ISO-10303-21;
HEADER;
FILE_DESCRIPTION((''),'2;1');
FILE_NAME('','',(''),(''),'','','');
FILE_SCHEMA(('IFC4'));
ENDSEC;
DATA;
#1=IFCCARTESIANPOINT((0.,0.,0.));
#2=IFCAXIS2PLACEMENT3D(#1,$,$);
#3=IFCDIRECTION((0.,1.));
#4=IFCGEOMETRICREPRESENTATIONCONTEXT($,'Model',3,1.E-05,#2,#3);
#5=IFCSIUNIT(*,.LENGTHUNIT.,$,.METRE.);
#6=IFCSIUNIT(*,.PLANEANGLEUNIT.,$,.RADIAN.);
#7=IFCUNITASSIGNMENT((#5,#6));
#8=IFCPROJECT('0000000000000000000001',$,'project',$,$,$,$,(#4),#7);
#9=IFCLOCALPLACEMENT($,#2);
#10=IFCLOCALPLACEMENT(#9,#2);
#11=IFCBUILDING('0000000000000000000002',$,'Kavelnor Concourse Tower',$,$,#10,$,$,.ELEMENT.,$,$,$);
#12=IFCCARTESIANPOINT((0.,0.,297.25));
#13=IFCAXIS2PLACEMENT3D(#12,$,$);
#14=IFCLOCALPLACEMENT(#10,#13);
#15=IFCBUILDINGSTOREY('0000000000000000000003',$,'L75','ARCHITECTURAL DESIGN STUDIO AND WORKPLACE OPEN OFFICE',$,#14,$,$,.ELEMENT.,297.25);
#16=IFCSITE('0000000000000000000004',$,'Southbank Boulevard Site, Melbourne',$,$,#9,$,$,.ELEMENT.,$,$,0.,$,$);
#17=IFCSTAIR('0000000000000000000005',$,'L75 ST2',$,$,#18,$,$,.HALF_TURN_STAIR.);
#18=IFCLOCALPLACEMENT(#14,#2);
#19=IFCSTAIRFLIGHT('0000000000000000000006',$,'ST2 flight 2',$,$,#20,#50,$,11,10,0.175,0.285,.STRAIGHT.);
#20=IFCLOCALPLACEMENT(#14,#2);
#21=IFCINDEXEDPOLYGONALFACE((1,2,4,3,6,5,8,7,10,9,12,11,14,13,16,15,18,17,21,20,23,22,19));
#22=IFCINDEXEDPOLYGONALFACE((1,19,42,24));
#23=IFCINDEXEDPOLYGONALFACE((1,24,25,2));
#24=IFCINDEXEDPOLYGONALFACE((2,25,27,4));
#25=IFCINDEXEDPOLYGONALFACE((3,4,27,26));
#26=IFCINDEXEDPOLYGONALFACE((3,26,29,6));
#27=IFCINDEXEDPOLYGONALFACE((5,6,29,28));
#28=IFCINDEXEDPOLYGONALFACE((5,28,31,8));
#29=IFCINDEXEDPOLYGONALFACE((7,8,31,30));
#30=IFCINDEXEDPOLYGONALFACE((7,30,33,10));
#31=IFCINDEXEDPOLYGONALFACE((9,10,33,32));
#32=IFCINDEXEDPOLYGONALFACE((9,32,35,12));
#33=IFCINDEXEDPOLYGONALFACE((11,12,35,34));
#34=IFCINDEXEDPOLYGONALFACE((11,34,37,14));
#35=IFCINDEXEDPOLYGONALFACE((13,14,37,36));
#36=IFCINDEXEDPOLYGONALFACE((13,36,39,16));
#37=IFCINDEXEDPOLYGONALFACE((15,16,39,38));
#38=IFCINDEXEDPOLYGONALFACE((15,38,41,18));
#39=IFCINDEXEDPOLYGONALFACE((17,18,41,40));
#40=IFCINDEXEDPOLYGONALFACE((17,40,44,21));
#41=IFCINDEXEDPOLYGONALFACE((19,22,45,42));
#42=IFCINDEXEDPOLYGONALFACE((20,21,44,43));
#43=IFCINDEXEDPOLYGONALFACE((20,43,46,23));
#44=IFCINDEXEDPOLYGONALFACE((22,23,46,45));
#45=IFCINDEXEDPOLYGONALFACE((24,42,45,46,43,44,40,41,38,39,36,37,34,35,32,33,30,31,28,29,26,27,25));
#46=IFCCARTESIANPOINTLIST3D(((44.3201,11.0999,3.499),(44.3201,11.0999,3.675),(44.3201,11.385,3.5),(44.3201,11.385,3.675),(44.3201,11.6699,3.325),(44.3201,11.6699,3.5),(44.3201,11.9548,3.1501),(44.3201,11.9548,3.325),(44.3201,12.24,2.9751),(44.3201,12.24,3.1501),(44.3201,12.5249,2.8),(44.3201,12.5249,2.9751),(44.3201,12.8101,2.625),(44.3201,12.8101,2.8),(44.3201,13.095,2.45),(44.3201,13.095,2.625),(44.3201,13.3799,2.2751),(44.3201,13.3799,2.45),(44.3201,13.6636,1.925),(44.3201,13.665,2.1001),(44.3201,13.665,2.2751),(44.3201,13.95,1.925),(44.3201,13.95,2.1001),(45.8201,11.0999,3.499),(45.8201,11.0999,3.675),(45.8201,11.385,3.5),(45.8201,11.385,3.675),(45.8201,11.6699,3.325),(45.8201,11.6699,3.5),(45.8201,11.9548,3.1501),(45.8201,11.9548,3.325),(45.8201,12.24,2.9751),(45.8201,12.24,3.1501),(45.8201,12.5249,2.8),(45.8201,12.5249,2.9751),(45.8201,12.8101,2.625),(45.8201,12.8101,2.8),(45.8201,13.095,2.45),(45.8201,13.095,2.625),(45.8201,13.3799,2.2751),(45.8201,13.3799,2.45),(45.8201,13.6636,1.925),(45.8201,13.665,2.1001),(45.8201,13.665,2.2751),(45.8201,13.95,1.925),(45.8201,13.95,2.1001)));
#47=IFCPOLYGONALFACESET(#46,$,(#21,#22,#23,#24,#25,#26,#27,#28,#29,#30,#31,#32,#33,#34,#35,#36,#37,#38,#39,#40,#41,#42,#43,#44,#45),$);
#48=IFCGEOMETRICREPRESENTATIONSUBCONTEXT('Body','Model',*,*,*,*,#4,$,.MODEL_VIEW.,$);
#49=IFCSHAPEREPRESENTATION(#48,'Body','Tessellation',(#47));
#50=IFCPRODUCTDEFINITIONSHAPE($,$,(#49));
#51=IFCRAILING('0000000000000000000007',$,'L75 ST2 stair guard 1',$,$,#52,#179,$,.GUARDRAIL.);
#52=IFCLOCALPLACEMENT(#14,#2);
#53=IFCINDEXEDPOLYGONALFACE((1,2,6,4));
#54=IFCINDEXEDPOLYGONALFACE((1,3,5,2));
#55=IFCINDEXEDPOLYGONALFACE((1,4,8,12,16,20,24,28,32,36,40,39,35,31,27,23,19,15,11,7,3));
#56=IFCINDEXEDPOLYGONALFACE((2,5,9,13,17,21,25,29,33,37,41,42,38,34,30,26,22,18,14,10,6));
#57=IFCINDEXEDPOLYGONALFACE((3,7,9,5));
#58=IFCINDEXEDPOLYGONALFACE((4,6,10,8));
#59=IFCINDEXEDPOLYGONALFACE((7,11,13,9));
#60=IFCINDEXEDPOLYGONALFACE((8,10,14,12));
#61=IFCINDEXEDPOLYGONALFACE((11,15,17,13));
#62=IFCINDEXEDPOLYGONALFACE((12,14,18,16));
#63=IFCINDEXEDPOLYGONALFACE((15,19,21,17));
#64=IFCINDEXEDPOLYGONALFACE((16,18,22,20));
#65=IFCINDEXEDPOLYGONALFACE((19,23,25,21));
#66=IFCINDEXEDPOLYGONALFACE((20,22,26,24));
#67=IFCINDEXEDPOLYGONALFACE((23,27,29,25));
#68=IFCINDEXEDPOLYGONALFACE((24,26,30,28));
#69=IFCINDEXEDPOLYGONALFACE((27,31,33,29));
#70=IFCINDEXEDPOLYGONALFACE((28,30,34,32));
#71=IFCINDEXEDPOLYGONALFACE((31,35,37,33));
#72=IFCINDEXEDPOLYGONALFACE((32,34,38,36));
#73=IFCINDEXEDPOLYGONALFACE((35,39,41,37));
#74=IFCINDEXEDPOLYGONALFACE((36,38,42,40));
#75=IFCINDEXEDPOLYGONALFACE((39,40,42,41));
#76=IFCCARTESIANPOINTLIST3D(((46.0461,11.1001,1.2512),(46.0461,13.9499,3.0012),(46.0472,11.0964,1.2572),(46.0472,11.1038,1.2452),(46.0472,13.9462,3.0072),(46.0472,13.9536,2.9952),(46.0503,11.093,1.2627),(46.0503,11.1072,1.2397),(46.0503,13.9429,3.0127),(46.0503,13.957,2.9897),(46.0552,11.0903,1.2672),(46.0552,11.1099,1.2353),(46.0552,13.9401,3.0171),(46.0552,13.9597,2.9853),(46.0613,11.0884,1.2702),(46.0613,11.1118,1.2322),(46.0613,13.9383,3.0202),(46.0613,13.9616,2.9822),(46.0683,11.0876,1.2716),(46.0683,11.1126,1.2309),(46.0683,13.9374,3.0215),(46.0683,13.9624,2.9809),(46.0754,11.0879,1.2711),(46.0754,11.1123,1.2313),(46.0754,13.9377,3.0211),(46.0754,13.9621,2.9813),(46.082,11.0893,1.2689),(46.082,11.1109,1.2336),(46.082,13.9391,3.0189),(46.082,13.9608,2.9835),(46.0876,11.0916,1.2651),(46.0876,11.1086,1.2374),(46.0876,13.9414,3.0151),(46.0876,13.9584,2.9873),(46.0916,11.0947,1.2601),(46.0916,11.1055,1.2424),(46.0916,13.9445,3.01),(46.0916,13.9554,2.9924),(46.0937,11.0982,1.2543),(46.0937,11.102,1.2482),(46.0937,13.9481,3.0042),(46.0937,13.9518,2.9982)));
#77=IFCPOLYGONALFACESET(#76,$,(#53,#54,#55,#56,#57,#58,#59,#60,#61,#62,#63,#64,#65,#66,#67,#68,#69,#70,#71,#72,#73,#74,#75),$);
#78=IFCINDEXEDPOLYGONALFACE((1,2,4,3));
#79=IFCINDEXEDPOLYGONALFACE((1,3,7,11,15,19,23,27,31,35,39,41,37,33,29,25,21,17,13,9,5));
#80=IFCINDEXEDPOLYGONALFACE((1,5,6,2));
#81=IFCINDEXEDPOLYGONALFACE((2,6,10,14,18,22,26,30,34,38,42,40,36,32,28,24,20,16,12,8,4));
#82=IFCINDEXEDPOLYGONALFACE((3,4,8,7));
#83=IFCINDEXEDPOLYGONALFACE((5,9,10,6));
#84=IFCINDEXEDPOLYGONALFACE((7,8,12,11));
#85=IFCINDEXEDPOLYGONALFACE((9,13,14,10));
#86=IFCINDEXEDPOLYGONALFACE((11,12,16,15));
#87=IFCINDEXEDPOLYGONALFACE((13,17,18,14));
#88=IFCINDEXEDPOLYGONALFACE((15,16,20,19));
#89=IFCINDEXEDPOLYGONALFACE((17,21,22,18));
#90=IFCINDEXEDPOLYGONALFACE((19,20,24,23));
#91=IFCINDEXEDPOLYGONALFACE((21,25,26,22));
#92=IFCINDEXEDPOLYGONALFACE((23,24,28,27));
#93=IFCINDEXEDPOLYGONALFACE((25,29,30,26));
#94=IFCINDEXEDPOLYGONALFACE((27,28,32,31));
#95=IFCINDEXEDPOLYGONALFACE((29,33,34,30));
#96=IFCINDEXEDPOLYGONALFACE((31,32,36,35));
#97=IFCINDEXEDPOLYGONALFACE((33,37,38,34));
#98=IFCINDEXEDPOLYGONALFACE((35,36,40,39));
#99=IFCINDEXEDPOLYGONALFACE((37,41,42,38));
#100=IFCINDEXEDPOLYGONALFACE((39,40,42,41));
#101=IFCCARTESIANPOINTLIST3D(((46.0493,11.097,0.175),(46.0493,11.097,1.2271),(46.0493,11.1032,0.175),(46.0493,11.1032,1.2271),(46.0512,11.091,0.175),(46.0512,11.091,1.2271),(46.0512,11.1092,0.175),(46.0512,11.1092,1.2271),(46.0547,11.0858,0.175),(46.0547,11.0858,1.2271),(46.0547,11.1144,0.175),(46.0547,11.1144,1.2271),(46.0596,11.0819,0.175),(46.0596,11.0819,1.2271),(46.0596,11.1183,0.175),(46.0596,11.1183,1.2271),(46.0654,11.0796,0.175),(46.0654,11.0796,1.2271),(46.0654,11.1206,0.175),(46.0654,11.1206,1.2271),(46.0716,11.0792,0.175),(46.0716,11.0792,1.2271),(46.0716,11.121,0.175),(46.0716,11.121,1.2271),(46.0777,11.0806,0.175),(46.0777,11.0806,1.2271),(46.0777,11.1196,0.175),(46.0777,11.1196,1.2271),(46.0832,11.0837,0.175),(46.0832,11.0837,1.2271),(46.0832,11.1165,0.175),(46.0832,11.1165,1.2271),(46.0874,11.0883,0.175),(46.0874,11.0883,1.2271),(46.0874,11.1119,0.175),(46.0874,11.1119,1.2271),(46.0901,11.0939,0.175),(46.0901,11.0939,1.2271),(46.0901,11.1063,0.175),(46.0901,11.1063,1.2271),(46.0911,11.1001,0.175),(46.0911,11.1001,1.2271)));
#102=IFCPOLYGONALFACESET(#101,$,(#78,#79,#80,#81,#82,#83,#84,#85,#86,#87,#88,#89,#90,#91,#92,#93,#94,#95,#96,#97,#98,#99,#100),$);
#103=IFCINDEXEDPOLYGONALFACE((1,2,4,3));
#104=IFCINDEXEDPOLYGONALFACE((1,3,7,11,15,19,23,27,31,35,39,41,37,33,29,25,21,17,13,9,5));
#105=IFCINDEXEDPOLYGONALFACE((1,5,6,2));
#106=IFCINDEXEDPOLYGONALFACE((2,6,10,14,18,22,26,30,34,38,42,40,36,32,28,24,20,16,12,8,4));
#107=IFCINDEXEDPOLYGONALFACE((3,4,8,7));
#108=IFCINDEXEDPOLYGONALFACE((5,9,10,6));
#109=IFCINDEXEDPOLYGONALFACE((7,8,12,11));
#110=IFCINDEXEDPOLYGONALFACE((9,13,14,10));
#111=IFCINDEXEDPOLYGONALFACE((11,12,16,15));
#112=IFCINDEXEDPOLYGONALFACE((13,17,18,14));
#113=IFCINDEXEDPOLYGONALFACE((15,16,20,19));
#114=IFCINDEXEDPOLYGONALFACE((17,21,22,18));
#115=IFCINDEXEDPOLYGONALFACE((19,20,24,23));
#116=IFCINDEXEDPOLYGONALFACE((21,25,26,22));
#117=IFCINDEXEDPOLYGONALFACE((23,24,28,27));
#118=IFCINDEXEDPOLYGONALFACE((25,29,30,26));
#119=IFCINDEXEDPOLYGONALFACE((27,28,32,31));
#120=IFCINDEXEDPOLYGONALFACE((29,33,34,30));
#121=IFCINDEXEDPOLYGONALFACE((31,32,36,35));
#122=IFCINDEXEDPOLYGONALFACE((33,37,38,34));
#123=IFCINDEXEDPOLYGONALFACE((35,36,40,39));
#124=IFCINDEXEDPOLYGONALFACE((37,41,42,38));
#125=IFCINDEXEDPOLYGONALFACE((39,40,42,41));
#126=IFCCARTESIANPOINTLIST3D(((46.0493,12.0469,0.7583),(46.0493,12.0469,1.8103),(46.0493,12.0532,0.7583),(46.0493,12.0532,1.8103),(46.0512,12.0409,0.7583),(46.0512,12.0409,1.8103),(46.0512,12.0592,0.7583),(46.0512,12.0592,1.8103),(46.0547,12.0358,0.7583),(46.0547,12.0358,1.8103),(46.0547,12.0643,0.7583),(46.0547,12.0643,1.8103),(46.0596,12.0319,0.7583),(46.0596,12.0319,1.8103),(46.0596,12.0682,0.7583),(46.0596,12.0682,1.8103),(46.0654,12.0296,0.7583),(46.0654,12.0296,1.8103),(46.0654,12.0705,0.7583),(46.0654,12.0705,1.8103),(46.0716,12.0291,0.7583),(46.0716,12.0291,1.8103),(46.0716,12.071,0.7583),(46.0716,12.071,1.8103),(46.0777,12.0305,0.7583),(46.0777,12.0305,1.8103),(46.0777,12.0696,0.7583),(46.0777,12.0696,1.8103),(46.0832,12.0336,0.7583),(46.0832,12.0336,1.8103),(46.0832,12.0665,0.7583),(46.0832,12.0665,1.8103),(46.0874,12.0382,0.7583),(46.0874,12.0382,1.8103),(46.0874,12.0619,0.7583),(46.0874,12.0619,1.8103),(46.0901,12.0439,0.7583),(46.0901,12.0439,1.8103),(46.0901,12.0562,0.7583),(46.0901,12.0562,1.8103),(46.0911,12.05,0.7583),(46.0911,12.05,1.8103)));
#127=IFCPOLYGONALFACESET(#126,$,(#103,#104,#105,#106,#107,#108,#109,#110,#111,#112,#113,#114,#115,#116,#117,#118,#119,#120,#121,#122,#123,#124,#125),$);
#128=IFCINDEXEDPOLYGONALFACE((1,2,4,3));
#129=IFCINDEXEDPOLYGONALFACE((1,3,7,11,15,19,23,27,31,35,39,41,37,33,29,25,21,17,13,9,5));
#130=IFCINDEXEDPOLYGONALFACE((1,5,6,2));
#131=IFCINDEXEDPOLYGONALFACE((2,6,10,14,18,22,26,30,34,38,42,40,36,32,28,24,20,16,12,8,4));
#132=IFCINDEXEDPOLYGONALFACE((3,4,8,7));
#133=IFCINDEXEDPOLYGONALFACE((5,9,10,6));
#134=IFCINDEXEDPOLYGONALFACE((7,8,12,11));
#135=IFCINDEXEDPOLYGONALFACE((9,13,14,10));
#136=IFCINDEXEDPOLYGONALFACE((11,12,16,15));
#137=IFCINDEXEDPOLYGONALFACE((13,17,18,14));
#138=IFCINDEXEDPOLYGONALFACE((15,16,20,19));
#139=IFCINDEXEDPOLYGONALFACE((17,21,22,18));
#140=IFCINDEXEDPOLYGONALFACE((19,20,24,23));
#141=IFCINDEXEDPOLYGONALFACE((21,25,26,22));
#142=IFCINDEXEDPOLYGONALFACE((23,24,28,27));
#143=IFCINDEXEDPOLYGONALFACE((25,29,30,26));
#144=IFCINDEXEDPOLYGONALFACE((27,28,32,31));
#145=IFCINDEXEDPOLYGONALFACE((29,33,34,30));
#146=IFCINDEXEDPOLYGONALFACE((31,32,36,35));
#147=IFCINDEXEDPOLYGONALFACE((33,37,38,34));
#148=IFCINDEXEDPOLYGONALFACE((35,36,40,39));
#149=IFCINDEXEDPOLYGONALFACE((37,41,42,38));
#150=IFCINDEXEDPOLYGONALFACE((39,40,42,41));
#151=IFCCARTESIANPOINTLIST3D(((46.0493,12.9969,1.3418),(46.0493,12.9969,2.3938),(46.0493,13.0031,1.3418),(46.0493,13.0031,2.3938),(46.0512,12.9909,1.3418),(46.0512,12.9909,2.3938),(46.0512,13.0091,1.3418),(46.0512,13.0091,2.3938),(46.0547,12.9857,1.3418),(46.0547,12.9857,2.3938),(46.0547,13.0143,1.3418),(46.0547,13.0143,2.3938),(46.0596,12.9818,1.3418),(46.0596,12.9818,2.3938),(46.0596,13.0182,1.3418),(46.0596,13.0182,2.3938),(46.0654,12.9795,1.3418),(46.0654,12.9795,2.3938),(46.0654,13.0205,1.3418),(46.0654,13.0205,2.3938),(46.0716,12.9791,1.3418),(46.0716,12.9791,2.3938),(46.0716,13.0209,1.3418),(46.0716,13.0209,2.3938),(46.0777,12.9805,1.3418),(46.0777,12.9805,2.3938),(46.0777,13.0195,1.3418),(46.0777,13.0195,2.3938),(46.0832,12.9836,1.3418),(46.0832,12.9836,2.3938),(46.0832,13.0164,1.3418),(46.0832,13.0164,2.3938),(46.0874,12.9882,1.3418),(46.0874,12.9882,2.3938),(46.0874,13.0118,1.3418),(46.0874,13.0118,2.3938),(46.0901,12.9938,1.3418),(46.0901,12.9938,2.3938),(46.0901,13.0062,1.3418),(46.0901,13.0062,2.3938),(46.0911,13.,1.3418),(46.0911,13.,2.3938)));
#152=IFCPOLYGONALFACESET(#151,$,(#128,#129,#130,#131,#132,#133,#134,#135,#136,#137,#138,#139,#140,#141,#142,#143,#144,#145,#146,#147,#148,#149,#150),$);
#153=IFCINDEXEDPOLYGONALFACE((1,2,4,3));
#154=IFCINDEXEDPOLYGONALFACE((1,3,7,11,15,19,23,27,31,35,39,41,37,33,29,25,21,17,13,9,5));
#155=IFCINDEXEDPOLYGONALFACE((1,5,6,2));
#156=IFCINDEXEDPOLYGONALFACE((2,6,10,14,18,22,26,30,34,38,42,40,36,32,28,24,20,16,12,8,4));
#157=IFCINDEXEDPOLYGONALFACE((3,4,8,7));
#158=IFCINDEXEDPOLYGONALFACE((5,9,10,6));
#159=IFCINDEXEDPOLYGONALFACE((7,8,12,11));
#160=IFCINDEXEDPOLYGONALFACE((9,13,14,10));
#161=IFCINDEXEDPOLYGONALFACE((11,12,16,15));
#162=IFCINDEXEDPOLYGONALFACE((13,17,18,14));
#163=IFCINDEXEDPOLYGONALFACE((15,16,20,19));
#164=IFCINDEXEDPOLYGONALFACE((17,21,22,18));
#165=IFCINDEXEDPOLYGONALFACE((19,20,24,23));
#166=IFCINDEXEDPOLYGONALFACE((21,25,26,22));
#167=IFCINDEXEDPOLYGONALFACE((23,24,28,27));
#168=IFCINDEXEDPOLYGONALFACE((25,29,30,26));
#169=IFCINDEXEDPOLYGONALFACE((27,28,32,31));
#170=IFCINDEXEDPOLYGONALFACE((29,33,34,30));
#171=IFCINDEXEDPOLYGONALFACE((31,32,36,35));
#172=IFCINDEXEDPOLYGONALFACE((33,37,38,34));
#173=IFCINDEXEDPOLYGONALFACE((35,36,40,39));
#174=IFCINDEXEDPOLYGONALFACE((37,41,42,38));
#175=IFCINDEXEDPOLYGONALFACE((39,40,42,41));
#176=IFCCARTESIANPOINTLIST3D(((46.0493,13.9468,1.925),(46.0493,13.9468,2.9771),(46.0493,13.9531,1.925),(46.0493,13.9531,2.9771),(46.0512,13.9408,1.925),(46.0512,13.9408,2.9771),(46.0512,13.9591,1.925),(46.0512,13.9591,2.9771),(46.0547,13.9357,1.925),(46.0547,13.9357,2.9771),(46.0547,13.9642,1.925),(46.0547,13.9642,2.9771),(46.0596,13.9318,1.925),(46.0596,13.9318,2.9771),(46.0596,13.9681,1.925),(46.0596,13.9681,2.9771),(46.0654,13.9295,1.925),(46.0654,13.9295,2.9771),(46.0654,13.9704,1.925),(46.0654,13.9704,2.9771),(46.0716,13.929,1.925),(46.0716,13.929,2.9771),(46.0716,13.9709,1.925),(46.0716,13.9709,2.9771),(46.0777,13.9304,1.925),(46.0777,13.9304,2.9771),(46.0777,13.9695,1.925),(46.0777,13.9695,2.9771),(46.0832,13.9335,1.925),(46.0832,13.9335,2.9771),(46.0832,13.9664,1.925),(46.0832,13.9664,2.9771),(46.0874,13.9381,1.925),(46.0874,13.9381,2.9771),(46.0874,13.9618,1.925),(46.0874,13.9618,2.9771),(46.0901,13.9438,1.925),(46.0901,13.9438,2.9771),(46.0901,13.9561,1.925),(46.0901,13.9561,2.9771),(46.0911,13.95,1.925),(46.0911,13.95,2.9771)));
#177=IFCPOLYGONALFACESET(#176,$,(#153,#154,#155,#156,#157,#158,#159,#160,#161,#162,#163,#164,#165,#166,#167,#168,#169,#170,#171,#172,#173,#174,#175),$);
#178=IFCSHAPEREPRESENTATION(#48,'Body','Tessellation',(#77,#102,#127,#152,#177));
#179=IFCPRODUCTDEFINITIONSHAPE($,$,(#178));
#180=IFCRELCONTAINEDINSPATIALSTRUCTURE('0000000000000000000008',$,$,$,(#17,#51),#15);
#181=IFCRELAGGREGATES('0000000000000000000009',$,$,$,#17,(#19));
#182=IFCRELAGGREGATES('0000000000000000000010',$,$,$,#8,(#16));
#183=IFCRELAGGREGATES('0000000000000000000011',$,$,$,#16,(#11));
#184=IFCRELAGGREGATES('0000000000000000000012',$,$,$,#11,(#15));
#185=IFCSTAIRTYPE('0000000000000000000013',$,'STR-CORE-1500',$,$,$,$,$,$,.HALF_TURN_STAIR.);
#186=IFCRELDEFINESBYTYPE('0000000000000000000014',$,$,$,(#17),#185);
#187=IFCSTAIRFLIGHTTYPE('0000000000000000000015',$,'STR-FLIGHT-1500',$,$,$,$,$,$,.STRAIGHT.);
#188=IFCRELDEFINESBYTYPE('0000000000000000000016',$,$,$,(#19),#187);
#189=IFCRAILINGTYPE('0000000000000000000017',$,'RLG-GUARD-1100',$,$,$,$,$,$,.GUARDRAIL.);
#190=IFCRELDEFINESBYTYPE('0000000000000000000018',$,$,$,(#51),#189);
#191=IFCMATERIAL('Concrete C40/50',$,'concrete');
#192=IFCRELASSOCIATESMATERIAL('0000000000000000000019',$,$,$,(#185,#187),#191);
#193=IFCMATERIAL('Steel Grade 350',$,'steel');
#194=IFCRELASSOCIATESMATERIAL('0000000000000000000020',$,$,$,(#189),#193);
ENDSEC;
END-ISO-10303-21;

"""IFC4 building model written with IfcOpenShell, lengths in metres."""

from ifc_helpers import new_model, si_unit, direction, frame, origin, origin_2d, place, context, subcontext, project, spatial, polyline, circle, outline, extrude, material, type_object, element, aggregate, save


model = new_model("IFC4")

# Units and contexts
model_context = context("Model", 3, precision=1e-05, world=origin(), true_north=direction((0.0, 1.0)))
body_context = subcontext(model_context, "Body", "Model", "MODEL_VIEW")
ifc_project = project(units=[si_unit("LENGTHUNIT", "METRE"), si_unit("PLANEANGLEUNIT", "RADIAN")], contexts=[model_context])

# Site, building, storey
site_placement = place(None, origin())
site = spatial("IfcSite", under=ifc_project, at=site_placement, Name="Southbank Boulevard Site, Melbourne", CompositionType="ELEMENT", RefElevation=0.0)
building_placement = place(site_placement, origin())
building = spatial("IfcBuilding", under=site, at=building_placement, Name="Kavelnor Concourse Tower", CompositionType="ELEMENT")
storey_placement = place(building_placement, frame((0.0, 0.0, 297.25)))
storey = spatial("IfcBuildingStorey", under=building, at=storey_placement, Name="L75", Description="ARCHITECTURAL DESIGN STUDIO AND WORKPLACE OPEN OFFICE", CompositionType="ELEMENT", Elevation=297.25)

# Shared definitions
ifc_material_1 = material(Name="Steel Grade 350", Category="steel")

# Stair, stair flight
ifc_material_2 = material(Name="Concrete C40/50", Category="concrete")
stair_type = type_object("IfcStairType", Name="STR-CORE-1500", PredefinedType="HALF_TURN_STAIR", material=ifc_material_2)
stair_placement = place(storey_placement, origin())
stair = element("IfcStair", 1, at=stair_placement, inside=storey, type_object=stair_type, Name="L75 ST2", PredefinedType="HALF_TURN_STAIR")
stair_flight_type = type_object("IfcStairFlightType", Name="STR-FLIGHT-1500", PredefinedType="STRAIGHT", material=ifc_material_2)
stair_flight_1_placement = place(storey_placement, frame((45.0701, 13.95, 1.925), z_axis=(0.0, 0.0, 1.0), x_axis=(0.0, -1.0, 0.0)))
stair_flight_1 = element("IfcStairFlight", 2, at=stair_flight_1_placement, type_object=stair_flight_type, Name="ST2 flight 2", NumberOfRisers=11, NumberOfTreads=10, PredefinedType="STRAIGHT", RiserHeight=0.175, TreadLength=0.285, context=body_context, shape_type="SweptSolid", body=[
    extrude(outline(polyline([(0.0, 0.0), (0.0, 0.175), (0.2849, 0.175), (0.2849, 0.3501), (0.5701, 0.3501), (0.5701, 0.5249), (0.855, 0.5249), (0.855, 0.7), (1.1399, 0.7), (1.1399, 0.875), (1.425, 0.875), (1.425, 1.05), (1.71, 1.05), (1.71, 1.2251), (1.9951, 1.2251), (1.9951, 1.3999), (2.28, 1.3999), (2.28, 1.575), (2.5649, 1.575), (2.5649, 1.75), (2.8501, 1.75), (2.8501, 1.925), (2.8501, 1.574), (0.2864, 0.0), (0.0, 0.0)])), frame((0.0, 0.75, 0.0), z_axis=(0.0, -1.0, 0.0), x_axis=(1.0, 0.0, 0.0)), (0.0, 0.0, 1.0), 1.5),
])
aggregate(stair, [stair_flight_1])

# Railing
railing_type_1 = type_object("IfcRailingType", Name="RLG-GUARD-1100", PredefinedType="GUARDRAIL", material=ifc_material_1)
railing_1_placement = place(storey_placement, frame((46.0701, 11.1001, 0.175)))
element("IfcRailing", 3, at=railing_1_placement, inside=storey, type_object=railing_type_1, Name="L75 ST2 stair guard 1", PredefinedType="GUARDRAIL", context=body_context, shape_type="SweptSolid", body=[
    extrude(circle(Radius=0.0239, at=origin_2d()), frame((0.0, 0.0, 1.0762), z_axis=(0.0, 0.852159, 0.523283), x_axis=(-1.0, 0.0, 0.0)), (0.0, 0.0, 1.0), 3.3442),
    extrude(circle(Radius=0.021, at=origin_2d()), origin(), (0.0, 0.0, 1.0), 1.052),
    extrude(circle(Radius=0.021, at=origin_2d()), frame((0.0, 0.95, 0.5833)), (0.0, 0.0, 1.0), 1.052),
    extrude(circle(Radius=0.021, at=origin_2d()), frame((0.0, 1.8999, 1.1667)), (0.0, 0.0, 1.0), 1.052),
    extrude(circle(Radius=0.021, at=origin_2d()), frame((0.0, 2.8499, 1.75)), (0.0, 0.0, 1.0), 1.052),
])

save(model, "model.ifc")
